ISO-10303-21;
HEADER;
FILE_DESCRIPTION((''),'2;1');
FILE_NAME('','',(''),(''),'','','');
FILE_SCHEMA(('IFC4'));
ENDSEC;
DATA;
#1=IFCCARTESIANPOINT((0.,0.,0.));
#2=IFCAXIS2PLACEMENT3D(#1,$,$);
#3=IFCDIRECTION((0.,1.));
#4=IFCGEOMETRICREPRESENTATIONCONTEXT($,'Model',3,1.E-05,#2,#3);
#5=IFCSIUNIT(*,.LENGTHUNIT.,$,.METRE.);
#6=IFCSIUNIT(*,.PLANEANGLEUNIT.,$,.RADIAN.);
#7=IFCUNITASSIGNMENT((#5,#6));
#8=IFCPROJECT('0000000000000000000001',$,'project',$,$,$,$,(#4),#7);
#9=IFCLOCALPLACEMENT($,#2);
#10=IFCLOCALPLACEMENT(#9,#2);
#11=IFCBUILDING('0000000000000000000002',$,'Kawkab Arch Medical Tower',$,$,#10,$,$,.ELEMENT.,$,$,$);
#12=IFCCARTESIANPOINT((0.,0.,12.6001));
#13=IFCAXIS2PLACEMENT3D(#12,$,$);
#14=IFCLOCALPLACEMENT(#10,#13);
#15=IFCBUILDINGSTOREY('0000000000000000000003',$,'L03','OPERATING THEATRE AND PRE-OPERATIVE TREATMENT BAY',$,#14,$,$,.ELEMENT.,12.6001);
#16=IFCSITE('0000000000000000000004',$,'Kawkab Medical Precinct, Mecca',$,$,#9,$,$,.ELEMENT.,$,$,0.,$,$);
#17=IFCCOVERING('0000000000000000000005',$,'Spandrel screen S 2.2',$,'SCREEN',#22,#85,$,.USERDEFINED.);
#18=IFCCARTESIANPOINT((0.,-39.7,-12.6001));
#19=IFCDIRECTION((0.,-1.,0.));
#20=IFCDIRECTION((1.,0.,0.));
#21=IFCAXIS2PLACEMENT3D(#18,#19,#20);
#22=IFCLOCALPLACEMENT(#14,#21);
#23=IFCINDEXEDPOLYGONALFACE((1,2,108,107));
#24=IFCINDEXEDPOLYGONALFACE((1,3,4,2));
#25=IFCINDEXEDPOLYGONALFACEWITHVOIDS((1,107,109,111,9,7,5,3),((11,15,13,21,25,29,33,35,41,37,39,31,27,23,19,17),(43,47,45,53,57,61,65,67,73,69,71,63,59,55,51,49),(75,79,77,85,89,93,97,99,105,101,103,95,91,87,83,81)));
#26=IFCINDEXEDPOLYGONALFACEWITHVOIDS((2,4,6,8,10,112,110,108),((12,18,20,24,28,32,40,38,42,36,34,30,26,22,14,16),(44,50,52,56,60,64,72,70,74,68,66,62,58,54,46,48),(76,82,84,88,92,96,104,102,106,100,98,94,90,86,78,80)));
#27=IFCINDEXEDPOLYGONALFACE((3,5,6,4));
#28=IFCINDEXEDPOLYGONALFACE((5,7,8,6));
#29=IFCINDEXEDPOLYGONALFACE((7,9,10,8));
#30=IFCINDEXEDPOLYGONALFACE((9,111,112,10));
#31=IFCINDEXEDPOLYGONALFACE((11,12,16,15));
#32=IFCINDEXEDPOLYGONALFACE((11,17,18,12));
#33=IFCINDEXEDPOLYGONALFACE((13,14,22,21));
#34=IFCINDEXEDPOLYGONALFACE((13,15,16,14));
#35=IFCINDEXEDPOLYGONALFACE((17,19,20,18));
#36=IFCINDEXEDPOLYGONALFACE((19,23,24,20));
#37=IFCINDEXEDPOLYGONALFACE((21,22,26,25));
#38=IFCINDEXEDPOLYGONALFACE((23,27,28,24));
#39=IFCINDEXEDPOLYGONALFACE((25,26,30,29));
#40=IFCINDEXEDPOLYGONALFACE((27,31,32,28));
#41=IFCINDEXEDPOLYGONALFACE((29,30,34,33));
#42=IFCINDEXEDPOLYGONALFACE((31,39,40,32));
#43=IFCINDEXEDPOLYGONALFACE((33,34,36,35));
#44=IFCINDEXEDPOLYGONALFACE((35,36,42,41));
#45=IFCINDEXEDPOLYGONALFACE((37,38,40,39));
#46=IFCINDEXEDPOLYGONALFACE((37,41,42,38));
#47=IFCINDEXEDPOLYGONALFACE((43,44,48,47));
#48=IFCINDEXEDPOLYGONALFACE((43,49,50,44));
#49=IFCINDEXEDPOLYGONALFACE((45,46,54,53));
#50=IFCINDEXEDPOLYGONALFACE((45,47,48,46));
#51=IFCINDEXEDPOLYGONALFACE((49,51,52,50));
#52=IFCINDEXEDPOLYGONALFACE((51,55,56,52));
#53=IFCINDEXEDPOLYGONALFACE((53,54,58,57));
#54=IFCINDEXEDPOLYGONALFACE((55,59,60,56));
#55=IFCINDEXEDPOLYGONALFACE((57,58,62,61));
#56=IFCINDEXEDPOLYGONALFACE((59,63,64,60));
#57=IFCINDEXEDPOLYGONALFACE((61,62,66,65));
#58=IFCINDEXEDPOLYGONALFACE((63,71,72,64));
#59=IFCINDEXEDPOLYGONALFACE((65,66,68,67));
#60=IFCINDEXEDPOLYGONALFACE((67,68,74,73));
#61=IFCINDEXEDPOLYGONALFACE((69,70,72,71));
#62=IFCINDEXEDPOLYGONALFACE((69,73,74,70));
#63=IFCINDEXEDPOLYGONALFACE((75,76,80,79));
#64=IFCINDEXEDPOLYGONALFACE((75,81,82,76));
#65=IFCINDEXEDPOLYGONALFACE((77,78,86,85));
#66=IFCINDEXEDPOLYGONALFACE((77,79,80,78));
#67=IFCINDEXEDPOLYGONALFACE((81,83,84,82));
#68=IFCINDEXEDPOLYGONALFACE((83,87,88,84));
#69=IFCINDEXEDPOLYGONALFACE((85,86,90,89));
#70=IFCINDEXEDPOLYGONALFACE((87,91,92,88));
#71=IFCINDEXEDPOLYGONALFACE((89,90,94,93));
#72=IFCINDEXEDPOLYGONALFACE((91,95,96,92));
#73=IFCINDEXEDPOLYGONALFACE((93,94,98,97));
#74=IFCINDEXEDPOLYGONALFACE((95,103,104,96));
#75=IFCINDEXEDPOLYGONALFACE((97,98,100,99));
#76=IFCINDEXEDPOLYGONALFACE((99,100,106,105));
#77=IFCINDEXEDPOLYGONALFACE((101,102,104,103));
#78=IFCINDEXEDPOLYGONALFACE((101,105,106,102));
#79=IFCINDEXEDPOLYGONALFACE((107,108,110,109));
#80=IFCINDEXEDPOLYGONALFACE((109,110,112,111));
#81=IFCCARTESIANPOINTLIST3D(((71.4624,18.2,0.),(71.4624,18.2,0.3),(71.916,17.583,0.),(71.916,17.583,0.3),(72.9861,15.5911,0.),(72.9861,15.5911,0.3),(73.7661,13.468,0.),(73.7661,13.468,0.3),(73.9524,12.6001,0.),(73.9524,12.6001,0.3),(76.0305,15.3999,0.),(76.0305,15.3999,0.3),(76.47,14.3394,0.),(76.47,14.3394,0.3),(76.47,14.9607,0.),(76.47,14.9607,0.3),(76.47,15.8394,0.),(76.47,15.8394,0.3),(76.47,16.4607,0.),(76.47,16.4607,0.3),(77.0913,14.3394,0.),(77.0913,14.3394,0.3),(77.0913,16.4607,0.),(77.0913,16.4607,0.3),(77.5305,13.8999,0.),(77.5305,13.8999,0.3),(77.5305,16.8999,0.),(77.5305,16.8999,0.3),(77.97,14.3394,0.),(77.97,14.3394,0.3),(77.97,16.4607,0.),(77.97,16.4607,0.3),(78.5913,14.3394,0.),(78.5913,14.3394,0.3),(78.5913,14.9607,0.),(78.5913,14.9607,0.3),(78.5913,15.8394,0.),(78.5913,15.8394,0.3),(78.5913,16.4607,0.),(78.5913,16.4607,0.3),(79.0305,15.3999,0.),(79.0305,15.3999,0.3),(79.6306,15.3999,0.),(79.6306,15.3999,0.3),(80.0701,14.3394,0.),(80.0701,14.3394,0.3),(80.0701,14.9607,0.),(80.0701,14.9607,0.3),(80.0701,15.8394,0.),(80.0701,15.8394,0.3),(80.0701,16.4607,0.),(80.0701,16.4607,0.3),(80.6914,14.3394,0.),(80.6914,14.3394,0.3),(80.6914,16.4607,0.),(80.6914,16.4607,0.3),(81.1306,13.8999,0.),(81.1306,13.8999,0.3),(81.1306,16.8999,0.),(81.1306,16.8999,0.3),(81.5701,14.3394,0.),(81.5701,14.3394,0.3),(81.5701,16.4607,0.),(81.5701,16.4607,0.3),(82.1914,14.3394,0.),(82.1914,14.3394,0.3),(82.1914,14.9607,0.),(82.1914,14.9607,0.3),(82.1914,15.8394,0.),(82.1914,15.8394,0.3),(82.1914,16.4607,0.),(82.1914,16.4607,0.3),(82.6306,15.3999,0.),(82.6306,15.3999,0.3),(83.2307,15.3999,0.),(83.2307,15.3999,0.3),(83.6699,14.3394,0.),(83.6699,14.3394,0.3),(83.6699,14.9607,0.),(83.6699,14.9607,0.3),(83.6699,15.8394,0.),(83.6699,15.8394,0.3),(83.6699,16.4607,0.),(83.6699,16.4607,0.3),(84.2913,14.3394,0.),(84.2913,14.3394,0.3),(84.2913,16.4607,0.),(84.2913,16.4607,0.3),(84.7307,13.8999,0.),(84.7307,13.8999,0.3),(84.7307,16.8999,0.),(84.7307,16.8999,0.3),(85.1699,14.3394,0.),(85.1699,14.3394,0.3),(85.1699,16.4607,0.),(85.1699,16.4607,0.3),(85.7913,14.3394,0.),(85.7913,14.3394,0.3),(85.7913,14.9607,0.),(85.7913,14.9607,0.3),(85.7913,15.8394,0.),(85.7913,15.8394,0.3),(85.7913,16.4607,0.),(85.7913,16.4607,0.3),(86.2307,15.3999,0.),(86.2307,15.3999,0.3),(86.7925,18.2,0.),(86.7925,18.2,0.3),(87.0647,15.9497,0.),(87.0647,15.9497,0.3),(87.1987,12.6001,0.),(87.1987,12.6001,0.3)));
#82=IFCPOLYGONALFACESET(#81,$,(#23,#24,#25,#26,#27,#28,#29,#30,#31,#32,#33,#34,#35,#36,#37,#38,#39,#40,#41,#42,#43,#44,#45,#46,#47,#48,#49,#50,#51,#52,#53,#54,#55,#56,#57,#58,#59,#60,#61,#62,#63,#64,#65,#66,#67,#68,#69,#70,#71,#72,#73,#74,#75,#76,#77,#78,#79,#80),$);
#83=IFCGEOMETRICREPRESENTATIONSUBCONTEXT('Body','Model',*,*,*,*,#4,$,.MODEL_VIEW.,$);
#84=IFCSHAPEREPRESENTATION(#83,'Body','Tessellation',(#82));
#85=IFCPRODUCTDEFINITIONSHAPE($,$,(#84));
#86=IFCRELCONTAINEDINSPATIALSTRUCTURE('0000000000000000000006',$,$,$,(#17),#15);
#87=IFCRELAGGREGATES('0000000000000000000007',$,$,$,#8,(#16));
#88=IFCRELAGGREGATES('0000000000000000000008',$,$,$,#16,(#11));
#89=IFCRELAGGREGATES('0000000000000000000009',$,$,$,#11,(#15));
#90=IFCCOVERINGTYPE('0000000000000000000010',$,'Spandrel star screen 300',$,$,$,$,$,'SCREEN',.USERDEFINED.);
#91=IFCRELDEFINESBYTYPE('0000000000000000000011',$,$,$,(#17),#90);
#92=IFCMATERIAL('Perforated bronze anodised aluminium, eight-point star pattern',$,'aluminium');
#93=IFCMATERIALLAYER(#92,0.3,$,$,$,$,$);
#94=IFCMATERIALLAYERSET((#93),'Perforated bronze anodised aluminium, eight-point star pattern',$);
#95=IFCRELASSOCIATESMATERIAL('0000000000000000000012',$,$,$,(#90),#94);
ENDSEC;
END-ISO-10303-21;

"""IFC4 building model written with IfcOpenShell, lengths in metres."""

from ifc_helpers import new_model, si_unit, direction, frame, origin, place, context, subcontext, project, spatial, polyline, outline, extrude, material, layer, layer_set, type_object, element, save


model = new_model("IFC4")

# Units and contexts
model_context = context("Model", 3, precision=1e-05, world=origin(), true_north=direction((0.0, 1.0)))
body_context = subcontext(model_context, "Body", "Model", "MODEL_VIEW")
ifc_project = project(units=[si_unit("LENGTHUNIT", "METRE"), si_unit("PLANEANGLEUNIT", "RADIAN")], contexts=[model_context])

# Site, building, storey
site_placement = place(None, origin())
site = spatial("IfcSite", under=ifc_project, at=site_placement, Name="Kawkab Medical Precinct, Mecca", CompositionType="ELEMENT", RefElevation=0.0)
building_placement = place(site_placement, origin())
building = spatial("IfcBuilding", under=site, at=building_placement, Name="Kawkab Arch Medical Tower", CompositionType="ELEMENT")
storey_placement = place(building_placement, frame((0.0, 0.0, 12.6001)))
storey = spatial("IfcBuildingStorey", under=building, at=storey_placement, Name="L03", Description="OPERATING THEATRE AND PRE-OPERATIVE TREATMENT BAY", CompositionType="ELEMENT", Elevation=12.6001)

# Covering
ifc_material_1 = material(Name="Perforated bronze anodised aluminium, eight-point star pattern", Category="aluminium")
ifc_layer_1 = layer(ifc_material_1, 0.3)
ifc_layer_set_1 = layer_set([ifc_layer_1], Name="Perforated bronze anodised aluminium, eight-point star pattern")
covering_type = type_object("IfcCoveringType", Name="Spandrel star screen 300", ElementType="SCREEN", PredefinedType="USERDEFINED", material=ifc_layer_set_1)
placement_1 = place(storey_placement, frame((0.0, -39.7, -12.6001), z_axis=(0.0, -1.0, 0.0), x_axis=(1.0, 0.0, 0.0)))
element("IfcCovering", 1, at=placement_1, inside=storey, type_object=covering_type, Name="Spandrel screen S 2.2", ObjectType="SCREEN", PredefinedType="USERDEFINED", context=body_context, shape_type="SweptSolid", body=[
    extrude(outline(polyline([(86.7925, 18.2), (71.4624, 18.2), (71.916, 17.583), (72.9861, 15.5911), (73.7661, 13.468), (73.9524, 12.6001), (87.1987, 12.6001), (87.0647, 15.9497), (86.7925, 18.2)]), holes=[polyline([(79.0305, 15.3999), (78.5913, 15.8394), (78.5913, 16.4607), (77.97, 16.4607), (77.5305, 16.8999), (77.0913, 16.4607), (76.47, 16.4607), (76.47, 15.8394), (76.0305, 15.3999), (76.47, 14.9607), (76.47, 14.3394), (77.0913, 14.3394), (77.5305, 13.8999), (77.97, 14.3394), (78.5913, 14.3394), (78.5913, 14.9607), (79.0305, 15.3999)]), polyline([(82.6306, 15.3999), (82.1914, 15.8394), (82.1914, 16.4607), (81.5701, 16.4607), (81.1306, 16.8999), (80.6914, 16.4607), (80.0701, 16.4607), (80.0701, 15.8394), (79.6306, 15.3999), (80.0701, 14.9607), (80.0701, 14.3394), (80.6914, 14.3394), (81.1306, 13.8999), (81.5701, 14.3394), (82.1914, 14.3394), (82.1914, 14.9607), (82.6306, 15.3999)]), polyline([(86.2307, 15.3999), (85.7913, 15.8394), (85.7913, 16.4607), (85.1699, 16.4607), (84.7307, 16.8999), (84.2913, 16.4607), (83.6699, 16.4607), (83.6699, 15.8394), (83.2307, 15.3999), (83.6699, 14.9607), (83.6699, 14.3394), (84.2913, 14.3394), (84.7307, 13.8999), (85.1699, 14.3394), (85.7913, 14.3394), (85.7913, 14.9607), (86.2307, 15.3999)])]), origin(), (0.0, 0.0, 1.0), 0.3),
])

save(model, "model.ifc")
